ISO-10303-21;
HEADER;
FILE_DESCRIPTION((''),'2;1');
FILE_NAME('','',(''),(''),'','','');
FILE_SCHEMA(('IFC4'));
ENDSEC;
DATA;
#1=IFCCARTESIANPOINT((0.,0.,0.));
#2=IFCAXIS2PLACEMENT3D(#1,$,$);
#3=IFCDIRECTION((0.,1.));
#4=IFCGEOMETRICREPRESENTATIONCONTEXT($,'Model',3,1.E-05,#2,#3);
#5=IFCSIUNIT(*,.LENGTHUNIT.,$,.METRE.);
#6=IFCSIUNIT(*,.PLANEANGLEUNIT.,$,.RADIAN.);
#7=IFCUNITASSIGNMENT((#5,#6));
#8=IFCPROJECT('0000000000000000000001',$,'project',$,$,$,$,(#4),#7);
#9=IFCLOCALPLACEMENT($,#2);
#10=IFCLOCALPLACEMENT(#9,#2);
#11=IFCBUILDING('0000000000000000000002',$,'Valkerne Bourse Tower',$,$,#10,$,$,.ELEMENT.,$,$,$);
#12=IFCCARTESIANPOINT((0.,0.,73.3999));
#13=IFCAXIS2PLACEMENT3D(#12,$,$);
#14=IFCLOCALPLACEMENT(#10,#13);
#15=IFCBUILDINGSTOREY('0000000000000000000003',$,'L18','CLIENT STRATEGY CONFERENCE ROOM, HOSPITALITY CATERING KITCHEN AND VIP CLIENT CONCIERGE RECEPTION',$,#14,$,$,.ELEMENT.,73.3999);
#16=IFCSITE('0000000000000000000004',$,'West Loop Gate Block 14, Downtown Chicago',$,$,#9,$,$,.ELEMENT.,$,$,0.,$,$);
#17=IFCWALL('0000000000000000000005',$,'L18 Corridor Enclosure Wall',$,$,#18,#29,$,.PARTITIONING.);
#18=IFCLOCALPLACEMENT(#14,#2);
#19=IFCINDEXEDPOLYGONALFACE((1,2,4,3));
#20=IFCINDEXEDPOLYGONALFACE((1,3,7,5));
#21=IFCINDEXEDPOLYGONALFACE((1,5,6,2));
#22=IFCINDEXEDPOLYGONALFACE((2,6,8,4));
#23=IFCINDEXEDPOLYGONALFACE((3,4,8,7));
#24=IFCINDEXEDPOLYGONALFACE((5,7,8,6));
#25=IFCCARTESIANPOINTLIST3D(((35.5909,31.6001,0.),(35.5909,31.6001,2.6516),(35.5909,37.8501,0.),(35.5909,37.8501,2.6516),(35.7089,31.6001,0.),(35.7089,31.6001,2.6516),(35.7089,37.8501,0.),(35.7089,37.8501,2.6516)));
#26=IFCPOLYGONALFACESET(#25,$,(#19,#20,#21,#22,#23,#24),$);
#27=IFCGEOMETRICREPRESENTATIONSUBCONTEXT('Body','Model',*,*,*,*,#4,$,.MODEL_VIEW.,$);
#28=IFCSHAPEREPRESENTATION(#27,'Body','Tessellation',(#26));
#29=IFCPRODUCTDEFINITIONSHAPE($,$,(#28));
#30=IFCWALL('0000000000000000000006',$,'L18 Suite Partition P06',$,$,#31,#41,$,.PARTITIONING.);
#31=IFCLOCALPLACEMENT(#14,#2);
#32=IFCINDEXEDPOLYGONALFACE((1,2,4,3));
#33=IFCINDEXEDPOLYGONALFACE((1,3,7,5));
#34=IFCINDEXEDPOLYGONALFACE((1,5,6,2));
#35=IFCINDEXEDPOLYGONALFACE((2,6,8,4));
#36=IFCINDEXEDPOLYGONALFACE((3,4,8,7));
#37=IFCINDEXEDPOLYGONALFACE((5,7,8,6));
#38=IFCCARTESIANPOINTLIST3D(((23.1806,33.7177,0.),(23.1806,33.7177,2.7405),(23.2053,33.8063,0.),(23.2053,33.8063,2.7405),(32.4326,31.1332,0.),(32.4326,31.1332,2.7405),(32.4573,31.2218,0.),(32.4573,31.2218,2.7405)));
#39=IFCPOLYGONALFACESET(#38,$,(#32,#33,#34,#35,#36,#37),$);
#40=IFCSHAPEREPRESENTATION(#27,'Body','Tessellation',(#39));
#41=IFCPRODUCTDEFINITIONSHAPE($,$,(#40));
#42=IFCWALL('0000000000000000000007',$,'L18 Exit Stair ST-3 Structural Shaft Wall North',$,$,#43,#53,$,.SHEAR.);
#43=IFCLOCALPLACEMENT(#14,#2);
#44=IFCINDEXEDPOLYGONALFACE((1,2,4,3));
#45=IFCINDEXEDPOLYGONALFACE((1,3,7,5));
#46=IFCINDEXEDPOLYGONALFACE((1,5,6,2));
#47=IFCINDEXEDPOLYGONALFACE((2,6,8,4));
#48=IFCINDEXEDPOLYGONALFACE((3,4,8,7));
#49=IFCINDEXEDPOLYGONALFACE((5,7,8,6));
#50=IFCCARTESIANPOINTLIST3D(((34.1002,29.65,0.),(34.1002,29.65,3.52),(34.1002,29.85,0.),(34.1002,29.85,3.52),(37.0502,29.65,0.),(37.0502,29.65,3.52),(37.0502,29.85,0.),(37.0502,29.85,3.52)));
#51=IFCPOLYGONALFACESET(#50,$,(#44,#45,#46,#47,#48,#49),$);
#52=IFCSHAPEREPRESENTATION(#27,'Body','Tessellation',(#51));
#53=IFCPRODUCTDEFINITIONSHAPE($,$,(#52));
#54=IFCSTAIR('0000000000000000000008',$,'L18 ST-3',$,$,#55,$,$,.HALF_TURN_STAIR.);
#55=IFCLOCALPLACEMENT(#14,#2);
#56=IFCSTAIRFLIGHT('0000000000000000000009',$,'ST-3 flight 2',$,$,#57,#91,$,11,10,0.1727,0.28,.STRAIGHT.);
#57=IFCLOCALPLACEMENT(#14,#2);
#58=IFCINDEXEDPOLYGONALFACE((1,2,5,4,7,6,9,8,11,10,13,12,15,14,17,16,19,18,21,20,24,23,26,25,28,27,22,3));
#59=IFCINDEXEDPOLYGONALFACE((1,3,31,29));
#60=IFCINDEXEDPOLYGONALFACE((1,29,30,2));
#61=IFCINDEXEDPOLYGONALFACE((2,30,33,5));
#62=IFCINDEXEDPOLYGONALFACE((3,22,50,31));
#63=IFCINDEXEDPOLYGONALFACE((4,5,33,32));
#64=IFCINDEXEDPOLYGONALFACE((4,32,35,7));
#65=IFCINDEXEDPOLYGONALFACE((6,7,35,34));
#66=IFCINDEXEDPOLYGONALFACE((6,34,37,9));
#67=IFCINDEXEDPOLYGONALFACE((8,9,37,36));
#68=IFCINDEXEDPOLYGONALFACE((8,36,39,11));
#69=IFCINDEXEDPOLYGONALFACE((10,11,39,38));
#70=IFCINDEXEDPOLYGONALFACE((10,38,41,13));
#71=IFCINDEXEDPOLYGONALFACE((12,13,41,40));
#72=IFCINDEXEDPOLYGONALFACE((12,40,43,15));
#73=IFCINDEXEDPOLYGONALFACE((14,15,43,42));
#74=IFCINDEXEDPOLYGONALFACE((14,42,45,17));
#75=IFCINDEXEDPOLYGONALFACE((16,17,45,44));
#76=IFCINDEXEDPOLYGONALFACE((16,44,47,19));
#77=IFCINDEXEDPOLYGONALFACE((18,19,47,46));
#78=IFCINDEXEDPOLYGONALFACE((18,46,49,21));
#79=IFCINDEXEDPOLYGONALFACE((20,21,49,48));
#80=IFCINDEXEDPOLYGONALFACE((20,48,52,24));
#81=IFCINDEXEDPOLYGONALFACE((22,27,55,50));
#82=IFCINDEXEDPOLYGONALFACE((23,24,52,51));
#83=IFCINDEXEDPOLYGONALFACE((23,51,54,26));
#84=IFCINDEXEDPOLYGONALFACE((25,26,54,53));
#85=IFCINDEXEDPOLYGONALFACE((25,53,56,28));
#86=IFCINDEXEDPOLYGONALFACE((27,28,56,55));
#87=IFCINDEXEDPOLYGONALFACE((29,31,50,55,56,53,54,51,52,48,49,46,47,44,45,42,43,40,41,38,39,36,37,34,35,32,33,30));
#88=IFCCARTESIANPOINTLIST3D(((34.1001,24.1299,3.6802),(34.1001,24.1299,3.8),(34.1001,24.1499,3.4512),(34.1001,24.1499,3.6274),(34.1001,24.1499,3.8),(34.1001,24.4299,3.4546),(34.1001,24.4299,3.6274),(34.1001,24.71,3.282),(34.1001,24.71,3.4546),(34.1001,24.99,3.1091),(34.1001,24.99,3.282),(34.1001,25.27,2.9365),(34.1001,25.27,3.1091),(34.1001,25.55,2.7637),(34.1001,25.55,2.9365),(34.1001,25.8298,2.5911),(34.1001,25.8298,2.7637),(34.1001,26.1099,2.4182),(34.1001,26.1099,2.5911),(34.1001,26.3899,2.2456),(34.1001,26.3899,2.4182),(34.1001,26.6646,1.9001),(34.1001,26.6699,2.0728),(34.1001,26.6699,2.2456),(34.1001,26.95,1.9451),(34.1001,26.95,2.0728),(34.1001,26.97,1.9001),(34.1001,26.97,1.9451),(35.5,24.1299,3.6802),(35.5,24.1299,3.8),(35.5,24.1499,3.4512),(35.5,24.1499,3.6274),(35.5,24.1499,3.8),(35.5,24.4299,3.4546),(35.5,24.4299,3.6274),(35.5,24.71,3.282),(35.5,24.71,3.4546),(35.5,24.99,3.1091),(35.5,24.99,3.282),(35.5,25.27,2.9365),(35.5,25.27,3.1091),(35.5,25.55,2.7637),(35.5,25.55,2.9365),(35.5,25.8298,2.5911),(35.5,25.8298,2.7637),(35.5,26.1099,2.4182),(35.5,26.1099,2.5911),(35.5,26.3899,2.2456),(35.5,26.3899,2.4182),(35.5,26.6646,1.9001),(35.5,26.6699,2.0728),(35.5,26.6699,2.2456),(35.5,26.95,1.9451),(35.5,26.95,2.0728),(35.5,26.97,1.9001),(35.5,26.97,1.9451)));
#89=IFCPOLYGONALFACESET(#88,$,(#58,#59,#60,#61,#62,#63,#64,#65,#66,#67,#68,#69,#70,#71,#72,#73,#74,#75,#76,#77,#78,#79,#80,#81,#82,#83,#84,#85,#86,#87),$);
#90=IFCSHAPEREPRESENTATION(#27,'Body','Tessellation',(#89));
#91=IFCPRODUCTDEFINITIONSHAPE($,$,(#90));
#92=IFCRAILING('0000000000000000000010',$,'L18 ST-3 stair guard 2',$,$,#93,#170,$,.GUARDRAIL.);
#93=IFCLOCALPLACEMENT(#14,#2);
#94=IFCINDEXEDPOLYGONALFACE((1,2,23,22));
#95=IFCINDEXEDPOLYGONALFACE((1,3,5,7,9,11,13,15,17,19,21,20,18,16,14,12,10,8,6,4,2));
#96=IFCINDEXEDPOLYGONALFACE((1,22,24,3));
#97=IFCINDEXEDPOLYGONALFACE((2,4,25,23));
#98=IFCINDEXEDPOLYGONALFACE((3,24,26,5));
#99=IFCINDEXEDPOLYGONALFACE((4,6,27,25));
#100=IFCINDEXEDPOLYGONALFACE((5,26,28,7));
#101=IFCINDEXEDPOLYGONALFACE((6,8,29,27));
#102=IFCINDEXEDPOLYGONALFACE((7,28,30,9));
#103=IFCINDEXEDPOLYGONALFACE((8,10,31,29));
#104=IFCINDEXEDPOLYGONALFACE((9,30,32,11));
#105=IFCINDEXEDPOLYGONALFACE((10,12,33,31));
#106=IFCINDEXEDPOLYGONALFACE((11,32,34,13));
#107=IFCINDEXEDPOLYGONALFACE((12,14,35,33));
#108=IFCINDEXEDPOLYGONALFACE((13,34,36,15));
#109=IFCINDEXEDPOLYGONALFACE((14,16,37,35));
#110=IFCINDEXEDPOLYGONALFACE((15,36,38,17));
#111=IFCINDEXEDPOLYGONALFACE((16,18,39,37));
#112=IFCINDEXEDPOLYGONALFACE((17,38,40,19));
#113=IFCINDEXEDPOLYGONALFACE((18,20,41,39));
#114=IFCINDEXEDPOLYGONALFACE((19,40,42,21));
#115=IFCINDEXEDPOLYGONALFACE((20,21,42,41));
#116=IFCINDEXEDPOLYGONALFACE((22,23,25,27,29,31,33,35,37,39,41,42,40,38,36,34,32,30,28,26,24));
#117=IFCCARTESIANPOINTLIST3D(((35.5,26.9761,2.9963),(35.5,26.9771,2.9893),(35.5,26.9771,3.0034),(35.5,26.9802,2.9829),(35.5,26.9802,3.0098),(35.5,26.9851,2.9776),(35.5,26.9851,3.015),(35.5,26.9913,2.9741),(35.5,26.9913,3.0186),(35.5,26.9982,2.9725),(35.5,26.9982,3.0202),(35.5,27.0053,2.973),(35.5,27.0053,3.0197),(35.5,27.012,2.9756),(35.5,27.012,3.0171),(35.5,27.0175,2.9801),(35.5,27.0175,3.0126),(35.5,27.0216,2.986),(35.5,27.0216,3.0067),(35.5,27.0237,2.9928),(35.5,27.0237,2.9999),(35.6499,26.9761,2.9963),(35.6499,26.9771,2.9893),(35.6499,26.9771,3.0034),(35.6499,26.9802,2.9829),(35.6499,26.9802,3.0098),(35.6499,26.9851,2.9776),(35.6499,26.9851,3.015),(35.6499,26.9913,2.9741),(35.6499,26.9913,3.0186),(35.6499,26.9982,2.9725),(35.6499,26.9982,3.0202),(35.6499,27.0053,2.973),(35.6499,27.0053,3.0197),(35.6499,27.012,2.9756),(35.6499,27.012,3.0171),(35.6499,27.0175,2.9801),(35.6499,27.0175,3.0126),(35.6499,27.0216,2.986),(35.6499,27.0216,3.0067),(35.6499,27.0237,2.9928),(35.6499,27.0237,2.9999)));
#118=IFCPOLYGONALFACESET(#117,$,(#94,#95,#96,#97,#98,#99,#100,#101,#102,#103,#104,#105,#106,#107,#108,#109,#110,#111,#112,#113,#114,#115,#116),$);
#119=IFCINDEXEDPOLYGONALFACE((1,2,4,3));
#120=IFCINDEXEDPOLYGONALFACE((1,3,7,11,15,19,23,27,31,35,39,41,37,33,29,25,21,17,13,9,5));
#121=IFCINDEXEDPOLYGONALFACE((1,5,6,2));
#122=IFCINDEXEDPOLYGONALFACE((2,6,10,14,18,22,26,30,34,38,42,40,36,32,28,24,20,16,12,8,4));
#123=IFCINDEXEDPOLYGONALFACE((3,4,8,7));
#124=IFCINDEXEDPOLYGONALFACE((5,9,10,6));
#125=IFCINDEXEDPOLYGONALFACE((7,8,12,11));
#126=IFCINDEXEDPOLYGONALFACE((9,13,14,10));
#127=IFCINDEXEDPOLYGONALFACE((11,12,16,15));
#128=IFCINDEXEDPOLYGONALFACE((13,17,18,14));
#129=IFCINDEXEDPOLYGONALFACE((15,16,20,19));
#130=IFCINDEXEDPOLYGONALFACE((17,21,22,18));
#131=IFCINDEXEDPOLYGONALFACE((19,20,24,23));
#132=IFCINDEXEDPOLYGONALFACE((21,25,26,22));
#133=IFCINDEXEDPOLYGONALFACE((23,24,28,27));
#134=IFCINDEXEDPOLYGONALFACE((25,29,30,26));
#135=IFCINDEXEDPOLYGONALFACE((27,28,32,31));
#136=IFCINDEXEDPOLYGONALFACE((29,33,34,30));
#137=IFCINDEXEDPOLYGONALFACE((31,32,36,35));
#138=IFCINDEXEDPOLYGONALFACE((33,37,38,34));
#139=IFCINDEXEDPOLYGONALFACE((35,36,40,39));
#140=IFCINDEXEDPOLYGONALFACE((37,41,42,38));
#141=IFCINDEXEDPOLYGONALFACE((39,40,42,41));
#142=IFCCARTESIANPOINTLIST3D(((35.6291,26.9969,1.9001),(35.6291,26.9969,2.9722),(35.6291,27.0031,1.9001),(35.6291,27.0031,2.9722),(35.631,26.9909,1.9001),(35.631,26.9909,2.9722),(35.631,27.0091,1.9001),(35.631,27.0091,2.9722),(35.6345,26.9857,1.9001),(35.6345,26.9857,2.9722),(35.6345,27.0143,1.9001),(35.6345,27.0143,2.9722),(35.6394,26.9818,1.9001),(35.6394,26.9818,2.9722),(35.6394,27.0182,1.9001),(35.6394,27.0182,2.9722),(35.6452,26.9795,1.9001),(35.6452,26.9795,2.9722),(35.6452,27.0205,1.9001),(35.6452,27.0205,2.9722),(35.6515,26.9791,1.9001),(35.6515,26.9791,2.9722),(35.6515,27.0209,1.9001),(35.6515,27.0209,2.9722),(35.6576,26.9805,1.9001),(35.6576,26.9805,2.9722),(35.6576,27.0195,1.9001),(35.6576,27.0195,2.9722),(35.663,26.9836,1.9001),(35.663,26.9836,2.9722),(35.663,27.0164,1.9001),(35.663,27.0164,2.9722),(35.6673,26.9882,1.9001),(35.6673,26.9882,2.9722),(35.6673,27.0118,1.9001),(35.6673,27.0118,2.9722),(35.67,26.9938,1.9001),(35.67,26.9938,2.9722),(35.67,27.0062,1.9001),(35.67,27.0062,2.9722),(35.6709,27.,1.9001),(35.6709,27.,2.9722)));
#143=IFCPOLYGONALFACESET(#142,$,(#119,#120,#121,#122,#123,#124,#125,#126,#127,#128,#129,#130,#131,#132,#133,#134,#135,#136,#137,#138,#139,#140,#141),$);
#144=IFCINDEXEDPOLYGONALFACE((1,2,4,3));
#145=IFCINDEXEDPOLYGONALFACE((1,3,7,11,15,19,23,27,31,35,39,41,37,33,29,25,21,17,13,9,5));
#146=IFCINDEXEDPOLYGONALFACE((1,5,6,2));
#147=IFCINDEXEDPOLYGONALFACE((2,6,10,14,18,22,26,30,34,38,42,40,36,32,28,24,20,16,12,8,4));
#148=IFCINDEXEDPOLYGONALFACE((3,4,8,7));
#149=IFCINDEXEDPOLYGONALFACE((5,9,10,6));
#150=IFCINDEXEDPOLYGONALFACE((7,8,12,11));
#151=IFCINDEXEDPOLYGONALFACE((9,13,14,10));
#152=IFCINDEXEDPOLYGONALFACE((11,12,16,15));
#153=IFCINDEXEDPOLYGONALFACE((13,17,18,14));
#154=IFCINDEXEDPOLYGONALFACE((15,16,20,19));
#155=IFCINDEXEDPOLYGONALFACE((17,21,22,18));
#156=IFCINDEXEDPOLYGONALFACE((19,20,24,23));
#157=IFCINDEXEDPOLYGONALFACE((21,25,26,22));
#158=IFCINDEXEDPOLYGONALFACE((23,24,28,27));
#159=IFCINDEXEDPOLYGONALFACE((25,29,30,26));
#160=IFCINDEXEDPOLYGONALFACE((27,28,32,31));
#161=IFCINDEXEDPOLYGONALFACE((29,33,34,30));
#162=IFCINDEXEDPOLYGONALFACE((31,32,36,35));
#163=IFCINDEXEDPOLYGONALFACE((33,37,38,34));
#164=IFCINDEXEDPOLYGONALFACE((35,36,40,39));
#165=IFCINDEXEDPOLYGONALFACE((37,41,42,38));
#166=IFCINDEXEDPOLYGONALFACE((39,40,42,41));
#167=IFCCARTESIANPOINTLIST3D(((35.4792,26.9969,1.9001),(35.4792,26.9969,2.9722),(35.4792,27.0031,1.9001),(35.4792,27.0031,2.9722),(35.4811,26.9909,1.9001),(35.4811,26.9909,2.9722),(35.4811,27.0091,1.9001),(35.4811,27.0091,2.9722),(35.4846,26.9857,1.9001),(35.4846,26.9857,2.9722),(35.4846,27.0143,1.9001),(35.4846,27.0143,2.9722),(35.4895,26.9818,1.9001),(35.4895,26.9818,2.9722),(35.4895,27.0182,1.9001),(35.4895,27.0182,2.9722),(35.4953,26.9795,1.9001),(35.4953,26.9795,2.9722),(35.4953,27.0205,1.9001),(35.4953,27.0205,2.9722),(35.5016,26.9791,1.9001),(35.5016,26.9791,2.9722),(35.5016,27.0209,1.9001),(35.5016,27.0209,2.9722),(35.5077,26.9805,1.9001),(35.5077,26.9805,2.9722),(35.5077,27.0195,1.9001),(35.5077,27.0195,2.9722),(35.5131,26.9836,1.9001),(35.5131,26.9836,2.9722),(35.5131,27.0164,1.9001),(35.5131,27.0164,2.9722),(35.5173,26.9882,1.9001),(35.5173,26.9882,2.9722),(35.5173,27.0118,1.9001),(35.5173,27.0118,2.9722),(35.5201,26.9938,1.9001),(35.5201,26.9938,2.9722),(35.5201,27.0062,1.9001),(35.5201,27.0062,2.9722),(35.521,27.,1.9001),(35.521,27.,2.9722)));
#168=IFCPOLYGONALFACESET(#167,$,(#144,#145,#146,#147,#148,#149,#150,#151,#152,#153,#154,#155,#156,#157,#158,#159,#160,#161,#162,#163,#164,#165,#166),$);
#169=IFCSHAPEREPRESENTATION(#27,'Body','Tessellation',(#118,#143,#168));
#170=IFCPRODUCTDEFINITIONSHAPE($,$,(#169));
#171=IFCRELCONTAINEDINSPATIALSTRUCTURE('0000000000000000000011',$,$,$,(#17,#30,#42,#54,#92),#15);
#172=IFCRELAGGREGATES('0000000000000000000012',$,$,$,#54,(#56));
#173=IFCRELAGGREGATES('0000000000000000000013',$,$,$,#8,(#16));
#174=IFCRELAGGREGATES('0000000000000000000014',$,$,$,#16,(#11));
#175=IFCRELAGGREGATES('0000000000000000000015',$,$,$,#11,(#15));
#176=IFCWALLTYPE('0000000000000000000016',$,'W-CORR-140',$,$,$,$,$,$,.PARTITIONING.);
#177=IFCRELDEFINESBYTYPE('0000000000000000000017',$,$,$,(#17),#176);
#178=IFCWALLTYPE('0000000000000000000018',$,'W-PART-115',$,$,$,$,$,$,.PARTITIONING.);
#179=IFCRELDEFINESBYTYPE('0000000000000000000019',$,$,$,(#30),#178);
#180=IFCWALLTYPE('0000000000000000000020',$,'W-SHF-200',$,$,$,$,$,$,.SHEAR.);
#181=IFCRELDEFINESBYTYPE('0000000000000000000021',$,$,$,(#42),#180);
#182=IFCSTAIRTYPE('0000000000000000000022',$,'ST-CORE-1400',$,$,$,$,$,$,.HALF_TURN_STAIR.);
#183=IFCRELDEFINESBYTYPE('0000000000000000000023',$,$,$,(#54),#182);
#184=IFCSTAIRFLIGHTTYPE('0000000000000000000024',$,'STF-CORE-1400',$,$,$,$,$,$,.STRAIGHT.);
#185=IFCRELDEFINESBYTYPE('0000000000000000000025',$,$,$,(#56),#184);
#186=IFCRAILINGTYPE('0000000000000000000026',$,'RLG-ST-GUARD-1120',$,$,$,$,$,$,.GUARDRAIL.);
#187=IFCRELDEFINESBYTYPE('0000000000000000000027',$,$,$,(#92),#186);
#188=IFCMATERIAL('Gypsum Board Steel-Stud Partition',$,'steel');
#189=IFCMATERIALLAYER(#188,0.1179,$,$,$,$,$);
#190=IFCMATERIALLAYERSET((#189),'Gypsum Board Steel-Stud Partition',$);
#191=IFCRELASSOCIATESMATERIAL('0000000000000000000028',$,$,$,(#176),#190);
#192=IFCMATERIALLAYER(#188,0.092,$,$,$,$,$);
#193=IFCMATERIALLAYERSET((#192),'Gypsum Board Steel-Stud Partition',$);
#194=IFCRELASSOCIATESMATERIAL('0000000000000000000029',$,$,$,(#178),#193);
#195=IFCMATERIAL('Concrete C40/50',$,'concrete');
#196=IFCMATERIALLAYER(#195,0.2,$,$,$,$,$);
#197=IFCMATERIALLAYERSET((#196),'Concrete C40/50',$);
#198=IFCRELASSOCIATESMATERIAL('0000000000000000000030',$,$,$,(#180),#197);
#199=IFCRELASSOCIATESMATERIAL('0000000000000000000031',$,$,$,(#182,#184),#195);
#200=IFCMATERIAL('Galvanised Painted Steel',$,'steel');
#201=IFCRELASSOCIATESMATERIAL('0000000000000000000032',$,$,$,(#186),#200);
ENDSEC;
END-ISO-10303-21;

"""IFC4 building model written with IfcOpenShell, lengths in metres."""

from ifc_helpers import new_model, si_unit, direction, frame, frame_2d, origin, origin_2d, place, context, subcontext, project, spatial, polyline, rectangle, circle, outline, extrude, material, layer, layer_set, type_object, element, aggregate, save


model = new_model("IFC4")

# Units and contexts
model_context = context("Model", 3, precision=1e-05, world=origin(), true_north=direction((0.0, 1.0)))
body_context = subcontext(model_context, "Body", "Model", "MODEL_VIEW")
ifc_project = project(units=[si_unit("LENGTHUNIT", "METRE"), si_unit("PLANEANGLEUNIT", "RADIAN")], contexts=[model_context])

# Site, building, storey
site_placement = place(None, origin())
site = spatial("IfcSite", under=ifc_project, at=site_placement, Name="West Loop Gate Block 14, Downtown Chicago", CompositionType="ELEMENT", RefElevation=0.0)
building_placement = place(site_placement, origin())
building = spatial("IfcBuilding", under=site, at=building_placement, Name="Valkerne Bourse Tower", CompositionType="ELEMENT")
storey_placement = place(building_placement, frame((0.0, 0.0, 73.3999)))
storey = spatial("IfcBuildingStorey", under=building, at=storey_placement, Name="L18", Description="CLIENT STRATEGY CONFERENCE ROOM, HOSPITALITY CATERING KITCHEN AND VIP CLIENT CONCIERGE RECEPTION", CompositionType="ELEMENT", Elevation=73.3999)

# Shared definitions
ifc_material_1 = material(Name="Gypsum Board Steel-Stud Partition", Category="steel")
ifc_layer_1 = layer(ifc_material_1, 0.1179)
ifc_layer_set_1 = layer_set([ifc_layer_1], Name="Gypsum Board Steel-Stud Partition")
wall_type_1 = type_object("IfcWallType", Name="W-CORR-140", PredefinedType="PARTITIONING", material=ifc_layer_set_1)

# Walls
wall_1_placement = place(storey_placement, frame((35.6499, 31.6001, 0.0), z_axis=(0.0, 0.0, 1.0), x_axis=(0.0, 1.0, 0.0)))
element("IfcWall", 1, at=wall_1_placement, inside=storey, type_object=wall_type_1, Name="L18 Corridor Enclosure Wall", PredefinedType="PARTITIONING", context=body_context, shape_type="SweptSolid", body=[
    extrude(rectangle(XDim=6.25, YDim=0.1179, at=frame_2d((3.125, 0.0))), origin(), (0.0, 0.0, 1.0), 2.6516),
])
ifc_layer_2 = layer(ifc_material_1, 0.092)
ifc_layer_set_2 = layer_set([ifc_layer_2], Name="Gypsum Board Steel-Stud Partition")
wall_type_2 = type_object("IfcWallType", Name="W-PART-115", PredefinedType="PARTITIONING", material=ifc_layer_set_2)
wall_2_placement = place(storey_placement, frame((32.4451, 31.1775, 0.0), z_axis=(0.0, 0.0, 1.0), x_axis=(-0.963128, 0.269044, 0.0)))
element("IfcWall", 2, at=wall_2_placement, inside=storey, type_object=wall_type_2, Name="L18 Suite Partition P06", PredefinedType="PARTITIONING", context=body_context, shape_type="SweptSolid", body=[
    extrude(rectangle(XDim=9.6062, YDim=0.092, at=frame_2d((4.8032, 0.0))), origin(), (0.0, 0.0, 1.0), 2.7405),
])
ifc_material_2 = material(Name="Concrete C40/50", Category="concrete")
ifc_layer_3 = layer(ifc_material_2, 0.2)
ifc_layer_set_3 = layer_set([ifc_layer_3], Name="Concrete C40/50")
wall_type_3 = type_object("IfcWallType", Name="W-SHF-200", PredefinedType="SHEAR", material=ifc_layer_set_3)
wall_3_placement = place(storey_placement, frame((34.1001, 29.75, 0.0), z_axis=(0.0, 0.0, 1.0), x_axis=(1.0, 0.0, 0.0)))
element("IfcWall", 3, at=wall_3_placement, inside=storey, type_object=wall_type_3, Name="L18 Exit Stair ST-3 Structural Shaft Wall North", PredefinedType="SHEAR", context=body_context, shape_type="SweptSolid", body=[
    extrude(rectangle(XDim=2.95, YDim=0.2, at=frame_2d((1.4751, 0.0))), origin(), (0.0, 0.0, 1.0), 3.52),
])

# Stair, stair flight
stair_type = type_object("IfcStairType", Name="ST-CORE-1400", PredefinedType="HALF_TURN_STAIR", material=ifc_material_2)
stair_placement = place(storey_placement, origin())
stair = element("IfcStair", 4, at=stair_placement, inside=storey, type_object=stair_type, Name="L18 ST-3", PredefinedType="HALF_TURN_STAIR")
stair_flight_type = type_object("IfcStairFlightType", Name="STF-CORE-1400", PredefinedType="STRAIGHT", material=ifc_material_2)
stair_flight_placement = place(storey_placement, frame((34.8, 26.95, 1.9001), z_axis=(0.0, 0.0, 1.0), x_axis=(0.0, -1.0, 0.0)))
stair_flight = element("IfcStairFlight", 5, at=stair_flight_placement, type_object=stair_flight_type, Name="ST-3 flight 2", NumberOfRisers=11, NumberOfTreads=10, PredefinedType="STRAIGHT", RiserHeight=0.1727, TreadLength=0.28, context=body_context, shape_type="SweptSolid", body=[
    extrude(outline(polyline([(-0.02, 0.0), (-0.02, 0.0449), (0.0, 0.0449), (0.0, 0.1726), (0.28, 0.1726), (0.28, 0.3455), (0.5601, 0.3455), (0.5601, 0.5181), (0.8401, 0.5181), (0.8401, 0.6909), (1.1201, 0.6909), (1.1201, 0.8635), (1.3999, 0.8635), (1.3999, 1.0364), (1.6799, 1.0364), (1.6799, 1.209), (1.96, 1.209), (1.96, 1.3818), (2.24, 1.3818), (2.24, 1.5544), (2.52, 1.5544), (2.52, 1.7273), (2.8, 1.7273), (2.8, 1.8999), (2.8201, 1.8999), (2.8201, 1.78), (2.8, 1.551), (0.2854, 0.0), (-0.02, 0.0)])), frame((0.0, 0.7, 0.0), z_axis=(0.0, -1.0, 0.0), x_axis=(1.0, 0.0, 0.0)), (0.0, 0.0, 1.0), 1.3999),
])
aggregate(stair, [stair_flight])

# Railing
ifc_material_3 = material(Name="Galvanised Painted Steel", Category="steel")
railing_type_1 = type_object("IfcRailingType", Name="RLG-ST-GUARD-1120", PredefinedType="GUARDRAIL", material=ifc_material_3)
railing_1_placement = place(storey_placement, frame((35.6499, 27.0, 1.9001)))
element("IfcRailing", 6, at=railing_1_placement, inside=storey, type_object=railing_type_1, Name="L18 ST-3 stair guard 2", PredefinedType="GUARDRAIL", context=body_context, shape_type="SweptSolid", body=[
    extrude(circle(Radius=0.0239, at=origin_2d()), frame((0.0, 0.0, 1.0962), z_axis=(-1.0, 0.0, 0.0), x_axis=(0.0, -1.0, 0.0)), (0.0, 0.0, 1.0), 0.1499),
    extrude(circle(Radius=0.021, at=origin_2d()), origin(), (0.0, 0.0, 1.0), 1.072),
    extrude(circle(Radius=0.021, at=origin_2d()), frame((-0.1499, 0.0, 0.0)), (0.0, 0.0, 1.0), 1.072),
])

save(model, "model.ifc")
